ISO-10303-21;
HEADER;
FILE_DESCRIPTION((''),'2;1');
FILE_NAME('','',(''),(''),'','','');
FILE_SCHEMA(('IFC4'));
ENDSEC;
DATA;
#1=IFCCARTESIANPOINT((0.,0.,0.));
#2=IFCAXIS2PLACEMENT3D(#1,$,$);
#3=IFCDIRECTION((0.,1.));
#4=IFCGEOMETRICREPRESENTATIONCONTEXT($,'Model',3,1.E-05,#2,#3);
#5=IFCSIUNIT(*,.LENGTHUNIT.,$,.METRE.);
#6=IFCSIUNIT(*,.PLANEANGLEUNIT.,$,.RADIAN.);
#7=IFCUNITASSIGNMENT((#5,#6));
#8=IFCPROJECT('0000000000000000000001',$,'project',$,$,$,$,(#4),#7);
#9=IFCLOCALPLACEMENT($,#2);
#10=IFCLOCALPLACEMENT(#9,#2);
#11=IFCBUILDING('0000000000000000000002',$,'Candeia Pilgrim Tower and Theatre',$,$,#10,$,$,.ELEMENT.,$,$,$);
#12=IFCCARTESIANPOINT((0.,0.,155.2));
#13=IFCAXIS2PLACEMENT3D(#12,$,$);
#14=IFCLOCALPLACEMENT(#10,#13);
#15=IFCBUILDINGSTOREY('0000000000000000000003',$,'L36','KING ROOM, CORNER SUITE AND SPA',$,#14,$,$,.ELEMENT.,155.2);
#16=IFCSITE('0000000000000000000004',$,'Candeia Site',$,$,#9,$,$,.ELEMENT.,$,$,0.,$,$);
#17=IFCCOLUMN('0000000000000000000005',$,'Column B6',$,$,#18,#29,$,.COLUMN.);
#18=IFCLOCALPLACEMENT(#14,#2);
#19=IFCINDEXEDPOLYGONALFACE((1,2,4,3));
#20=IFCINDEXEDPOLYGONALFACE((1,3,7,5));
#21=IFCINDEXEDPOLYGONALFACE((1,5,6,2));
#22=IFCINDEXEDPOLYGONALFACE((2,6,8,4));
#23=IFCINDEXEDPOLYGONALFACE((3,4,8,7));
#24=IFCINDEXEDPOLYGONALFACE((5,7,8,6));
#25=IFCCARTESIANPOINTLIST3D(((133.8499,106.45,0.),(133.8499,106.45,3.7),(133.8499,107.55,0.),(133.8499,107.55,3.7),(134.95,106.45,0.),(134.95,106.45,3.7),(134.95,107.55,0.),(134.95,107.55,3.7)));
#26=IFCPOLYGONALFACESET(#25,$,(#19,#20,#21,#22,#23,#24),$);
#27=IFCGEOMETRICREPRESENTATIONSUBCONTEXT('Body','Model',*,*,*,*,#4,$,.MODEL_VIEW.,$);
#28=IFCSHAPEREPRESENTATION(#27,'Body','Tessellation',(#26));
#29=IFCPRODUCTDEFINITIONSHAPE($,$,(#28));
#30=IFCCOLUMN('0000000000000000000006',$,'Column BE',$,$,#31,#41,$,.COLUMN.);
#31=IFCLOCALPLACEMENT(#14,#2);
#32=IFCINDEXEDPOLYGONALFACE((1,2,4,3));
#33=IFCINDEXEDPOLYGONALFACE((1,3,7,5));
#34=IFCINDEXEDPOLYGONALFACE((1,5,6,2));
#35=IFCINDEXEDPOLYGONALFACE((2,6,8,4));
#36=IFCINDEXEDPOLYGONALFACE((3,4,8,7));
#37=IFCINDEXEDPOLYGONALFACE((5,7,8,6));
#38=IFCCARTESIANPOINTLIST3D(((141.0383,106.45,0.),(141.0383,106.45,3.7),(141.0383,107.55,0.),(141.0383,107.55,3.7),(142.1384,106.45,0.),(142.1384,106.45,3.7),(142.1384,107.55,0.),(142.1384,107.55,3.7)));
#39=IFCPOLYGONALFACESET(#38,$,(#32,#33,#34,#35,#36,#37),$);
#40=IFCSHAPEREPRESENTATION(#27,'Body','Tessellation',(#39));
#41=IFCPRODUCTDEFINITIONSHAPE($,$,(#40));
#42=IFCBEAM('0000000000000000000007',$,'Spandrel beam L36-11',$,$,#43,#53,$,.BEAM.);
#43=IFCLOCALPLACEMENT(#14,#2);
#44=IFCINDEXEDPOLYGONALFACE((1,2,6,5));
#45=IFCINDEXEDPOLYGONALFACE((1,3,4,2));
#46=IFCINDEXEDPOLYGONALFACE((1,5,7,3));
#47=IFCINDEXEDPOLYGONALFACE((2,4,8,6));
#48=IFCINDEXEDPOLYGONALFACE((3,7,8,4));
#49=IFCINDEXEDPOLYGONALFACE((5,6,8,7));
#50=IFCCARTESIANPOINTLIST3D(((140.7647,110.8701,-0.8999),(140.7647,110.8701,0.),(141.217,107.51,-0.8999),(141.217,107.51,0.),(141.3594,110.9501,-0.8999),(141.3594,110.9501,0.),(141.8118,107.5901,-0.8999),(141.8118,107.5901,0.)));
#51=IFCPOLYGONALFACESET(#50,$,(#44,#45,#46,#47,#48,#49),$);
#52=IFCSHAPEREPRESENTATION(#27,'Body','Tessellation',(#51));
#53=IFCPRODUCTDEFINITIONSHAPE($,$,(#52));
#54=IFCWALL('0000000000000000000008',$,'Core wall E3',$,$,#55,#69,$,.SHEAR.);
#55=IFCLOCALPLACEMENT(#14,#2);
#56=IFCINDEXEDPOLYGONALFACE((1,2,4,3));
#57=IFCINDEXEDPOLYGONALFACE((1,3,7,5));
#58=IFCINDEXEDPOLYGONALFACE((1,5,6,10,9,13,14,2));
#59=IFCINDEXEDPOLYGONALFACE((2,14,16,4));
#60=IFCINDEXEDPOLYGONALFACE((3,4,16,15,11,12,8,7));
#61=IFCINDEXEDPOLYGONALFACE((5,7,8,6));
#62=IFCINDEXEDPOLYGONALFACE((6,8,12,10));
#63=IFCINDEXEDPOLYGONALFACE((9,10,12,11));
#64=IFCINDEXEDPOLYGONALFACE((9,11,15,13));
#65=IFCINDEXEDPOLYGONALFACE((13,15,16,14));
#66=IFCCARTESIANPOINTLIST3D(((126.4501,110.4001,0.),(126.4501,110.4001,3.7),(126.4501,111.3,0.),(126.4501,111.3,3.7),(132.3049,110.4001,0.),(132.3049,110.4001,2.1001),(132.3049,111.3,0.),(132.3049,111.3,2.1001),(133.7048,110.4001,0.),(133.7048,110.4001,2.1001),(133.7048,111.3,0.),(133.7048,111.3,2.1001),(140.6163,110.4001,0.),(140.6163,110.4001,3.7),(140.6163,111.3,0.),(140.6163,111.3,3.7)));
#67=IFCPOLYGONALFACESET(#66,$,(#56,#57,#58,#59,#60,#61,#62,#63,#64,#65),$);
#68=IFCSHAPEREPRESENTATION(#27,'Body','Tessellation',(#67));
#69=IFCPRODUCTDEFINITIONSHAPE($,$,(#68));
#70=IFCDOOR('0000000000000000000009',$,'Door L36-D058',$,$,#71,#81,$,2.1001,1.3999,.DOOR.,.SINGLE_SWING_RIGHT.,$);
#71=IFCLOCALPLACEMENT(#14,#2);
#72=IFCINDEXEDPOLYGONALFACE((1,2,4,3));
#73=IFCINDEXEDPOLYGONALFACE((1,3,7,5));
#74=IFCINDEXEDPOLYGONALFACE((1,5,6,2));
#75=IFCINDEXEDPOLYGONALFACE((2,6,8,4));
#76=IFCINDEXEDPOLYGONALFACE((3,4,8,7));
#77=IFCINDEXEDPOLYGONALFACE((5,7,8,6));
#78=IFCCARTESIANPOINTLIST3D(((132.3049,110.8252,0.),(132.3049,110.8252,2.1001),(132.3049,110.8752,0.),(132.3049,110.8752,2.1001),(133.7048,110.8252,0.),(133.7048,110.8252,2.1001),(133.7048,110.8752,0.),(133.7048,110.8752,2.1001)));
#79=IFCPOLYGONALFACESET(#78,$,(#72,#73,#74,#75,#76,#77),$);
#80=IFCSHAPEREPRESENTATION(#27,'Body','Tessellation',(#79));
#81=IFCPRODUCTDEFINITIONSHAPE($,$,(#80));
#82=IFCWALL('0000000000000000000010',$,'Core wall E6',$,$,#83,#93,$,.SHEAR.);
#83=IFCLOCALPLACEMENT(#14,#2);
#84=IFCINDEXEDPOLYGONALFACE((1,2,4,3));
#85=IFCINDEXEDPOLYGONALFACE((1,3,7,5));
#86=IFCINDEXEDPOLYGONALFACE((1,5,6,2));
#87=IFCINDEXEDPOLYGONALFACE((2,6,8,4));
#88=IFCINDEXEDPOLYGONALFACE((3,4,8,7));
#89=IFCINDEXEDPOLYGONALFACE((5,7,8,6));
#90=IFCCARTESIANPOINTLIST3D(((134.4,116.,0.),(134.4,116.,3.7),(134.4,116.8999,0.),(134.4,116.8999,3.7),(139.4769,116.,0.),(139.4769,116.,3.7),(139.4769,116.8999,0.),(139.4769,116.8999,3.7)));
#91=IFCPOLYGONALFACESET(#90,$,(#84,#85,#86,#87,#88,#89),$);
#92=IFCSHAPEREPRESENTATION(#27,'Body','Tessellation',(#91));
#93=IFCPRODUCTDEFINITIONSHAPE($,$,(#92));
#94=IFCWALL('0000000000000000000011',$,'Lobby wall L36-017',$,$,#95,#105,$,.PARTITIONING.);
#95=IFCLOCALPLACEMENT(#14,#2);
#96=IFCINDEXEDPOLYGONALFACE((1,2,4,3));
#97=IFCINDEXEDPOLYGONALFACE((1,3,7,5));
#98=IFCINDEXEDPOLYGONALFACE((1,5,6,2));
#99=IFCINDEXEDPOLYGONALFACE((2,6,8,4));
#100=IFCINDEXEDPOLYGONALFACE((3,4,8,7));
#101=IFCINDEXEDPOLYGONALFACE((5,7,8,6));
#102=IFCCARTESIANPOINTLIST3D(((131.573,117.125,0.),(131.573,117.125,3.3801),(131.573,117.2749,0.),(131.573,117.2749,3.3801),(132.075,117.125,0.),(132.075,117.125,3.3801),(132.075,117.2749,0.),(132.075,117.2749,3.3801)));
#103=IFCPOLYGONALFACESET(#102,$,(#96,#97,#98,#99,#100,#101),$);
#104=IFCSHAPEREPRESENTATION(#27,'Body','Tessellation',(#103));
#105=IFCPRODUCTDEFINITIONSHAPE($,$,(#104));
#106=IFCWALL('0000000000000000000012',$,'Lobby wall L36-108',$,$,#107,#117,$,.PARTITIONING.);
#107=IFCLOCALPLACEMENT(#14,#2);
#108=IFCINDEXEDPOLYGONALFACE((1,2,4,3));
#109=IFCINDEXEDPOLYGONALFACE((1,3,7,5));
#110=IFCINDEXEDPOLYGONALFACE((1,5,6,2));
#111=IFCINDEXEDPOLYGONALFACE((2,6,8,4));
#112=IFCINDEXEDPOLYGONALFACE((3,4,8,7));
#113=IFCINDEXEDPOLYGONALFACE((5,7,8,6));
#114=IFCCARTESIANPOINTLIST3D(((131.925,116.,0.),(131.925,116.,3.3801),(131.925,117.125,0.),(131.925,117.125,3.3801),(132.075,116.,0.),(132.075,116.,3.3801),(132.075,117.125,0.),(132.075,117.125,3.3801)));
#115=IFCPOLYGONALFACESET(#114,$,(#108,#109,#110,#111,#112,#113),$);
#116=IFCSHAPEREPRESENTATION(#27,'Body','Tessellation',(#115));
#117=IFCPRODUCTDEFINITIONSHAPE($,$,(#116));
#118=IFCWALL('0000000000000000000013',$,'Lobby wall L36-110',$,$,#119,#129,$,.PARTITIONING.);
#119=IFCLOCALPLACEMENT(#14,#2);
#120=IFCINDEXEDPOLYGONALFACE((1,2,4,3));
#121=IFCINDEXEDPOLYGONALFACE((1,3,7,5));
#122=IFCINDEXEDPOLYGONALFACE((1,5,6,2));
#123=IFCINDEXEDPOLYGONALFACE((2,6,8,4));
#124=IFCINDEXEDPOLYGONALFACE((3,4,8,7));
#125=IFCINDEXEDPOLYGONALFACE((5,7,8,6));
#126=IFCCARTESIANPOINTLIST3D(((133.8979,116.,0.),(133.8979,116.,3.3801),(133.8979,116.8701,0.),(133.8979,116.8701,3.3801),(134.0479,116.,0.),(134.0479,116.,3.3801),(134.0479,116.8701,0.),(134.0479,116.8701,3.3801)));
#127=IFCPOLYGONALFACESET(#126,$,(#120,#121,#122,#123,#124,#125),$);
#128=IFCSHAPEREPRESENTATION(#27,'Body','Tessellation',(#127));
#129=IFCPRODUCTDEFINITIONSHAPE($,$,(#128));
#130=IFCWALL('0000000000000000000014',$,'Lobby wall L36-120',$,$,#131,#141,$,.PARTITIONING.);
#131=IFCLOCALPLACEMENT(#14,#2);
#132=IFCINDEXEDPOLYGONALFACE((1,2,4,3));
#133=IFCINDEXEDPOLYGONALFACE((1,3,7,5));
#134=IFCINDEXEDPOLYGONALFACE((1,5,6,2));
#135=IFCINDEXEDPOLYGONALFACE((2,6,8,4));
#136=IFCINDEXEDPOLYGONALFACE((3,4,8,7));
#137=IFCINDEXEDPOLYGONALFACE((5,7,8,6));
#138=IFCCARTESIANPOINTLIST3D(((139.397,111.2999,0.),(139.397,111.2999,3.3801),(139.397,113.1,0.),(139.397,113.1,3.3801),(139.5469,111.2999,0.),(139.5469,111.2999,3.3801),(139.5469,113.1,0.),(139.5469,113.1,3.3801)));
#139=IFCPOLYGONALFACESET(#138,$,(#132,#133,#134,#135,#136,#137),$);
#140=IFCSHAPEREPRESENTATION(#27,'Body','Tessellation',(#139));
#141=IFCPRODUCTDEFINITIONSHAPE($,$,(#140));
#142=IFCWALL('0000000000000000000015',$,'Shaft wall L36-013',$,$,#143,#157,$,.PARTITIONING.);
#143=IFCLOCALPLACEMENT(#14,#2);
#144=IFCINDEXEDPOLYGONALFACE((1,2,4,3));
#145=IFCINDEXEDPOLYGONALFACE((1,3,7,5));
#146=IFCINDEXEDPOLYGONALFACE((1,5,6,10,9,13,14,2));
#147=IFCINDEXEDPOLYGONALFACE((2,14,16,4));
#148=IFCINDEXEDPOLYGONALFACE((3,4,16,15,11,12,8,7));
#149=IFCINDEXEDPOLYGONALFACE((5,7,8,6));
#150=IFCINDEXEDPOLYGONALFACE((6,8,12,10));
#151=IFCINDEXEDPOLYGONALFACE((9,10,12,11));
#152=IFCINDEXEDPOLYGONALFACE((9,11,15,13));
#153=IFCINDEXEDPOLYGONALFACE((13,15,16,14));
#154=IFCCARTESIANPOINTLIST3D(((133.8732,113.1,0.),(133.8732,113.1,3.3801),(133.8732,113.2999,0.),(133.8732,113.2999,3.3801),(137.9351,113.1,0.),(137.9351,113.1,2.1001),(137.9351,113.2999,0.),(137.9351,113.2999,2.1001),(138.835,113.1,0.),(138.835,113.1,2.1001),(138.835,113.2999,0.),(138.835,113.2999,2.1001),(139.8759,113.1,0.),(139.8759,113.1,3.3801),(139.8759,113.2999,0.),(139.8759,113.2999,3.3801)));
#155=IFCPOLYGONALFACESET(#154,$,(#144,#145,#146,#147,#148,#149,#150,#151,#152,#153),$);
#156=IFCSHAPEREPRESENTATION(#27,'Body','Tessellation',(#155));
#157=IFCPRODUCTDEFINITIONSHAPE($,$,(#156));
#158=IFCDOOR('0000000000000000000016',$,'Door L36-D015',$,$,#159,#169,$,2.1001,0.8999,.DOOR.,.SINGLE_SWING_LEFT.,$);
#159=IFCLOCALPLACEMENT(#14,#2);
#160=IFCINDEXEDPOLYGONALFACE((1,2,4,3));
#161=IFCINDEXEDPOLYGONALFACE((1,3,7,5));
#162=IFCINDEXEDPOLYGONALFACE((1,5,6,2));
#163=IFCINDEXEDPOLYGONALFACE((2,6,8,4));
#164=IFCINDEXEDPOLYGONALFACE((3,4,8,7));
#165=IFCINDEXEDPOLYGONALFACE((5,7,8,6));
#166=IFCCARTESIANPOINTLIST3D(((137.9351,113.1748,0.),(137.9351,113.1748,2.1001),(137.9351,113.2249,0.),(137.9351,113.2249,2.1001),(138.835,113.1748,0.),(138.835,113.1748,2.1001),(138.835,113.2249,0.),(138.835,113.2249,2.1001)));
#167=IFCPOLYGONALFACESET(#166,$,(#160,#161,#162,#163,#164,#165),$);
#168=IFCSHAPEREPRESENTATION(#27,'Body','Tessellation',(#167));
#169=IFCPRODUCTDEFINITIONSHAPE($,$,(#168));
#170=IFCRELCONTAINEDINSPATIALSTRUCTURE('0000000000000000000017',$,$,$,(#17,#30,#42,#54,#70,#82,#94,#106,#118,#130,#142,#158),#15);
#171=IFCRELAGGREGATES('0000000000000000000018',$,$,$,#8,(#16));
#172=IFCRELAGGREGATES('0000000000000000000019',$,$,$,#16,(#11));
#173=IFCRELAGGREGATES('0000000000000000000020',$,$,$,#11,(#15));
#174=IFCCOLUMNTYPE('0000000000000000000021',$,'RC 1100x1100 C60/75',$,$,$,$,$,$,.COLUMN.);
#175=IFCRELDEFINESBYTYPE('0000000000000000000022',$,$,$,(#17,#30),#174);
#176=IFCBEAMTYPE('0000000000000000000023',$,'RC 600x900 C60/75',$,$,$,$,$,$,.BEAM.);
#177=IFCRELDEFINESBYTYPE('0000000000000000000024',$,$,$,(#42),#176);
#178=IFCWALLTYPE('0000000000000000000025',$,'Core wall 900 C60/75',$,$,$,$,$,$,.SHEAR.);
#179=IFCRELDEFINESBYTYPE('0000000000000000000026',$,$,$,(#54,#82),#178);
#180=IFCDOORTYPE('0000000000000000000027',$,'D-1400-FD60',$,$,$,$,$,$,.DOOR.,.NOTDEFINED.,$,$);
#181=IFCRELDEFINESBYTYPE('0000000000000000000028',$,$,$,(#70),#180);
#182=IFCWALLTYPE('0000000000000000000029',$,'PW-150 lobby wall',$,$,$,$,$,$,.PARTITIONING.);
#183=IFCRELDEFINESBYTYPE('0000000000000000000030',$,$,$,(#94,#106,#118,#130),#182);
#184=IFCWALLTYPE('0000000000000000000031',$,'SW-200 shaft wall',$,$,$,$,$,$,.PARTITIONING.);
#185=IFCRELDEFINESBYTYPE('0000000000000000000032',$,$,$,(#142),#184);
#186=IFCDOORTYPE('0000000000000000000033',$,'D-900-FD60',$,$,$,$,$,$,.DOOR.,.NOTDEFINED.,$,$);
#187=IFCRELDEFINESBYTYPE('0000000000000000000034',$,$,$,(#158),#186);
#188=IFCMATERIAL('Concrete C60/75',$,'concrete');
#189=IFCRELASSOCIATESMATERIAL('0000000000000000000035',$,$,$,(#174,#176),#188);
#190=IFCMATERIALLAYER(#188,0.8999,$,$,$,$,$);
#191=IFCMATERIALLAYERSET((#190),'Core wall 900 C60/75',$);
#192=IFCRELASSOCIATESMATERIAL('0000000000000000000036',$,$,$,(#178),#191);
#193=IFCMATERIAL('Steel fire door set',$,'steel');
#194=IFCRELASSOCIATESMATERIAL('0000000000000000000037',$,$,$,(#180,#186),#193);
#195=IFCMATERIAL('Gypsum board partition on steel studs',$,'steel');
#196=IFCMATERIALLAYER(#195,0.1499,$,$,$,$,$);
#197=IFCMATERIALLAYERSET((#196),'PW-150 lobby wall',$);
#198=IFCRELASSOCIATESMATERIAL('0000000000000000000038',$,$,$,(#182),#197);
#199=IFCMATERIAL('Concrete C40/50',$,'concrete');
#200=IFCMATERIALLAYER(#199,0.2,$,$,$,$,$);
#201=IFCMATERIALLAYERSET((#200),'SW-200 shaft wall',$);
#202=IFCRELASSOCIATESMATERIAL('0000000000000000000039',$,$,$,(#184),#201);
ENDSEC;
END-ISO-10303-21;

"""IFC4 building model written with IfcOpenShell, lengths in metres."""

from ifc_helpers import new_model, si_unit, direction, frame, frame_2d, origin, origin_2d, place, context, subcontext, project, spatial, rectangle, extrude, material, layer, layer_set, material_profile, profile_set, type_object, element, fill, save


model = new_model("IFC4")

# Units and contexts
model_context = context("Model", 3, precision=1e-05, world=origin(), true_north=direction((0.0, 1.0)))
body_context = subcontext(model_context, "Body", "Model", "MODEL_VIEW")
ifc_project = project(units=[si_unit("LENGTHUNIT", "METRE"), si_unit("PLANEANGLEUNIT", "RADIAN")], contexts=[model_context])

# Site, building, storey
site_placement = place(None, origin())
site = spatial("IfcSite", under=ifc_project, at=site_placement, Name="Candeia Site", CompositionType="ELEMENT", RefElevation=0.0)
building_placement = place(site_placement, origin())
building = spatial("IfcBuilding", under=site, at=building_placement, Name="Candeia Pilgrim Tower and Theatre", CompositionType="ELEMENT")
storey_placement = place(building_placement, frame((0.0, 0.0, 155.2)))
storey = spatial("IfcBuildingStorey", under=building, at=storey_placement, Name="L36", Description="KING ROOM, CORNER SUITE AND SPA", CompositionType="ELEMENT", Elevation=155.2)

# Columns
ifc_material_1 = material(Name="Concrete C60/75", Category="concrete")
ifc_material_profile_1 = material_profile(ifc_material_1, rectangle(XDim=1.1001, YDim=1.1001, at=origin_2d()))
ifc_profile_set_1 = profile_set([ifc_material_profile_1], Name="Concrete C60/75")
column_type = type_object("IfcColumnType", Name="RC 1100x1100 C60/75", PredefinedType="COLUMN", material=ifc_profile_set_1)
for number, where, z_axis, x_axis, name in (
    (1, (134.3999, 107.0, 0.0), (0.0, 0.0, 1.0), (1.0, 0.0, 0.0), "Column B6"),
    (2, (141.5884, 107.0, 0.0), (0.0, 0.0, 1.0), (1.0, 0.0, 0.0), "Column BE"),
):
    element("IfcColumn", number, at=place(storey_placement, frame(where, z_axis=z_axis, x_axis=x_axis)), inside=storey, type_object=column_type, Name=name, PredefinedType="COLUMN", context=body_context, shape_type="SweptSolid", body=[
        extrude(rectangle(XDim=1.1001, YDim=1.1001, at=origin_2d()), origin(), (0.0, 0.0, 1.0), 3.7),
    ])

# Beam
ifc_material_profile_2 = material_profile(ifc_material_1, rectangle(XDim=0.6001, YDim=0.8999, at=origin_2d()))
ifc_profile_set_2 = profile_set([ifc_material_profile_2], Name="Concrete C60/75")
beam_type = type_object("IfcBeamType", Name="RC 600x900 C60/75", PredefinedType="BEAM", material=ifc_profile_set_2)
beam_placement = place(storey_placement, frame((141.5144, 107.55, -0.45), z_axis=(-0.133432, 0.991058, 0.0), x_axis=(-0.991058, -0.133432, 0.0)))
element("IfcBeam", 3, at=beam_placement, inside=storey, type_object=beam_type, Name="Spandrel beam L36-11", PredefinedType="BEAM", context=body_context, shape_type="SweptSolid", body=[
    extrude(rectangle(XDim=0.6001, YDim=0.8999, at=origin_2d()), origin(), (0.0, 0.0, 1.0), 3.3904),
])

# Wall, opening, door
ifc_layer_1 = layer(ifc_material_1, 0.8999)
ifc_layer_set_1 = layer_set([ifc_layer_1], Name="Core wall 900 C60/75")
wall_type_1 = type_object("IfcWallType", Name="Core wall 900 C60/75", PredefinedType="SHEAR", material=ifc_layer_set_1)
wall_1_placement = place(storey_placement, frame((140.6162, 110.8501, 0.0), z_axis=(0.0, 0.0, 1.0), x_axis=(-1.0, 0.0, 0.0)))
wall_1 = element("IfcWall", 4, at=wall_1_placement, inside=storey, type_object=wall_type_1, Name="Core wall E3", PredefinedType="SHEAR", context=body_context, shape_type="SweptSolid", body=[
    extrude(rectangle(XDim=14.1663, YDim=0.8999, at=frame_2d((7.083, 0.0))), origin(), (0.0, 0.0, 1.0), 3.7),
])
opening_1_placement = place(wall_1_placement, frame((6.9114, 0.0, 0.0)))
opening_1 = element("IfcOpeningElement", 5, at=opening_1_placement, cuts=wall_1, PredefinedType="OPENING", context=body_context, shape_type="SweptSolid", body=[
    extrude(rectangle(XDim=1.3999, YDim=2.1001, at=frame_2d((0.7, 1.05))), frame((0.0, 0.46, 0.0), z_axis=(0.0, -1.0, 0.0), x_axis=(1.0, 0.0, 0.0)), (0.0, 0.0, 1.0), 0.9199),
])
ifc_material_2 = material(Name="Steel fire door set", Category="steel")
door_type_1 = type_object("IfcDoorType", Name="D-1400-FD60", OperationType="NOTDEFINED", PredefinedType="DOOR", material=ifc_material_2)
door_1_placement = place(opening_1_placement, origin())
door_1 = element("IfcDoor", 6, at=door_1_placement, inside=storey, type_object=door_type_1, Name="Door L36-D058", OperationType="SINGLE_SWING_RIGHT", OverallHeight=2.1001, OverallWidth=1.3999, PredefinedType="DOOR", context=body_context, shape_type="SweptSolid", body=[
    extrude(rectangle(XDim=1.3999, YDim=2.1001, at=frame_2d((0.7, 1.05))), frame((0.0, 0.0249, 0.0), z_axis=(0.0, -1.0, 0.0), x_axis=(1.0, 0.0, 0.0)), (0.0, 0.0, 1.0), 0.05),
])
fill(opening_1, door_1)

# Walls
wall_2_placement = place(storey_placement, frame((134.3999, 116.45, 0.0), z_axis=(0.0, 0.0, 1.0), x_axis=(1.0, 0.0, 0.0)))
element("IfcWall", 7, at=wall_2_placement, inside=storey, type_object=wall_type_1, Name="Core wall E6", PredefinedType="SHEAR", context=body_context, shape_type="SweptSolid", body=[
    extrude(rectangle(XDim=5.0769, YDim=0.8999, at=frame_2d((2.5386, 0.0))), origin(), (0.0, 0.0, 1.0), 3.7),
])
ifc_material_3 = material(Name="Gypsum board partition on steel studs", Category="steel")
ifc_layer_2 = layer(ifc_material_3, 0.1499)
ifc_layer_set_2 = layer_set([ifc_layer_2], Name="PW-150 lobby wall")
wall_type_2 = type_object("IfcWallType", Name="PW-150 lobby wall", PredefinedType="PARTITIONING", material=ifc_layer_set_2)
wall_3_placement = place(storey_placement, frame((131.573, 117.2, 0.0), z_axis=(0.0, 0.0, 1.0), x_axis=(1.0, 0.0, 0.0)))
element("IfcWall", 8, at=wall_3_placement, inside=storey, type_object=wall_type_2, Name="Lobby wall L36-017", PredefinedType="PARTITIONING", context=body_context, shape_type="SweptSolid", body=[
    extrude(rectangle(XDim=0.502, YDim=0.1499, at=frame_2d((0.251, 0.0))), origin(), (0.0, 0.0, 1.0), 3.3801),
])
wall_4_placement = place(storey_placement, frame((132.0, 116.0, 0.0), z_axis=(0.0, 0.0, 1.0), x_axis=(0.0, 1.0, 0.0)))
element("IfcWall", 9, at=wall_4_placement, inside=storey, type_object=wall_type_2, Name="Lobby wall L36-108", PredefinedType="PARTITIONING", context=body_context, shape_type="SweptSolid", body=[
    extrude(rectangle(XDim=1.125, YDim=0.1499, at=frame_2d((0.5625, 0.0))), origin(), (0.0, 0.0, 1.0), 3.3801),
])
wall_5_placement = place(storey_placement, frame((133.9729, 116.0, 0.0), z_axis=(0.0, 0.0, 1.0), x_axis=(0.0, 1.0, 0.0)))
element("IfcWall", 10, at=wall_5_placement, inside=storey, type_object=wall_type_2, Name="Lobby wall L36-110", PredefinedType="PARTITIONING", context=body_context, shape_type="SweptSolid", body=[
    extrude(rectangle(XDim=0.8701, YDim=0.1499, at=frame_2d((0.4351, 0.0))), origin(), (0.0, 0.0, 1.0), 3.3801),
])
wall_6_placement = place(storey_placement, frame((139.4719, 111.3, 0.0), z_axis=(0.0, 0.0, 1.0), x_axis=(0.0, 1.0, 0.0)))
element("IfcWall", 11, at=wall_6_placement, inside=storey, type_object=wall_type_2, Name="Lobby wall L36-120", PredefinedType="PARTITIONING", context=body_context, shape_type="SweptSolid", body=[
    extrude(rectangle(XDim=1.8, YDim=0.1499, at=frame_2d((0.8999, 0.0))), origin(), (0.0, 0.0, 1.0), 3.3801),
])

# Wall, opening, door
ifc_material_4 = material(Name="Concrete C40/50", Category="concrete")
ifc_layer_3 = layer(ifc_material_4, 0.2)
ifc_layer_set_3 = layer_set([ifc_layer_3], Name="SW-200 shaft wall")
wall_type_3 = type_object("IfcWallType", Name="SW-200 shaft wall", PredefinedType="PARTITIONING", material=ifc_layer_set_3)
wall_7_placement = place(storey_placement, frame((133.873, 113.2, 0.0), z_axis=(0.0, 0.0, 1.0), x_axis=(1.0, 0.0, 0.0)))
wall_7 = element("IfcWall", 12, at=wall_7_placement, inside=storey, type_object=wall_type_3, Name="Shaft wall L36-013", PredefinedType="PARTITIONING", context=body_context, shape_type="SweptSolid", body=[
    extrude(rectangle(XDim=6.0027, YDim=0.2, at=frame_2d((3.0015, 0.0))), origin(), (0.0, 0.0, 1.0), 3.3801),
])
opening_2_placement = place(wall_7_placement, frame((4.062, 0.0, 0.0)))
opening_2 = element("IfcOpeningElement", 13, at=opening_2_placement, cuts=wall_7, PredefinedType="OPENING", context=body_context, shape_type="SweptSolid", body=[
    extrude(rectangle(XDim=0.8999, YDim=2.1001, at=frame_2d((0.45, 1.05))), frame((0.0, 0.1099, 0.0), z_axis=(0.0, -1.0, 0.0), x_axis=(1.0, 0.0, 0.0)), (0.0, 0.0, 1.0), 0.22),
])
door_type_2 = type_object("IfcDoorType", Name="D-900-FD60", OperationType="NOTDEFINED", PredefinedType="DOOR", material=ifc_material_2)
door_2_placement = place(opening_2_placement, origin())
door_2 = element("IfcDoor", 14, at=door_2_placement, inside=storey, type_object=door_type_2, Name="Door L36-D015", OperationType="SINGLE_SWING_LEFT", OverallHeight=2.1001, OverallWidth=0.8999, PredefinedType="DOOR", context=body_context, shape_type="SweptSolid", body=[
    extrude(rectangle(XDim=0.8999, YDim=2.1001, at=frame_2d((0.45, 1.05))), frame((0.0, 0.0249, 0.0), z_axis=(0.0, -1.0, 0.0), x_axis=(1.0, 0.0, 0.0)), (0.0, 0.0, 1.0), 0.05),
])
fill(opening_2, door_2)

save(model, "model.ifc")
